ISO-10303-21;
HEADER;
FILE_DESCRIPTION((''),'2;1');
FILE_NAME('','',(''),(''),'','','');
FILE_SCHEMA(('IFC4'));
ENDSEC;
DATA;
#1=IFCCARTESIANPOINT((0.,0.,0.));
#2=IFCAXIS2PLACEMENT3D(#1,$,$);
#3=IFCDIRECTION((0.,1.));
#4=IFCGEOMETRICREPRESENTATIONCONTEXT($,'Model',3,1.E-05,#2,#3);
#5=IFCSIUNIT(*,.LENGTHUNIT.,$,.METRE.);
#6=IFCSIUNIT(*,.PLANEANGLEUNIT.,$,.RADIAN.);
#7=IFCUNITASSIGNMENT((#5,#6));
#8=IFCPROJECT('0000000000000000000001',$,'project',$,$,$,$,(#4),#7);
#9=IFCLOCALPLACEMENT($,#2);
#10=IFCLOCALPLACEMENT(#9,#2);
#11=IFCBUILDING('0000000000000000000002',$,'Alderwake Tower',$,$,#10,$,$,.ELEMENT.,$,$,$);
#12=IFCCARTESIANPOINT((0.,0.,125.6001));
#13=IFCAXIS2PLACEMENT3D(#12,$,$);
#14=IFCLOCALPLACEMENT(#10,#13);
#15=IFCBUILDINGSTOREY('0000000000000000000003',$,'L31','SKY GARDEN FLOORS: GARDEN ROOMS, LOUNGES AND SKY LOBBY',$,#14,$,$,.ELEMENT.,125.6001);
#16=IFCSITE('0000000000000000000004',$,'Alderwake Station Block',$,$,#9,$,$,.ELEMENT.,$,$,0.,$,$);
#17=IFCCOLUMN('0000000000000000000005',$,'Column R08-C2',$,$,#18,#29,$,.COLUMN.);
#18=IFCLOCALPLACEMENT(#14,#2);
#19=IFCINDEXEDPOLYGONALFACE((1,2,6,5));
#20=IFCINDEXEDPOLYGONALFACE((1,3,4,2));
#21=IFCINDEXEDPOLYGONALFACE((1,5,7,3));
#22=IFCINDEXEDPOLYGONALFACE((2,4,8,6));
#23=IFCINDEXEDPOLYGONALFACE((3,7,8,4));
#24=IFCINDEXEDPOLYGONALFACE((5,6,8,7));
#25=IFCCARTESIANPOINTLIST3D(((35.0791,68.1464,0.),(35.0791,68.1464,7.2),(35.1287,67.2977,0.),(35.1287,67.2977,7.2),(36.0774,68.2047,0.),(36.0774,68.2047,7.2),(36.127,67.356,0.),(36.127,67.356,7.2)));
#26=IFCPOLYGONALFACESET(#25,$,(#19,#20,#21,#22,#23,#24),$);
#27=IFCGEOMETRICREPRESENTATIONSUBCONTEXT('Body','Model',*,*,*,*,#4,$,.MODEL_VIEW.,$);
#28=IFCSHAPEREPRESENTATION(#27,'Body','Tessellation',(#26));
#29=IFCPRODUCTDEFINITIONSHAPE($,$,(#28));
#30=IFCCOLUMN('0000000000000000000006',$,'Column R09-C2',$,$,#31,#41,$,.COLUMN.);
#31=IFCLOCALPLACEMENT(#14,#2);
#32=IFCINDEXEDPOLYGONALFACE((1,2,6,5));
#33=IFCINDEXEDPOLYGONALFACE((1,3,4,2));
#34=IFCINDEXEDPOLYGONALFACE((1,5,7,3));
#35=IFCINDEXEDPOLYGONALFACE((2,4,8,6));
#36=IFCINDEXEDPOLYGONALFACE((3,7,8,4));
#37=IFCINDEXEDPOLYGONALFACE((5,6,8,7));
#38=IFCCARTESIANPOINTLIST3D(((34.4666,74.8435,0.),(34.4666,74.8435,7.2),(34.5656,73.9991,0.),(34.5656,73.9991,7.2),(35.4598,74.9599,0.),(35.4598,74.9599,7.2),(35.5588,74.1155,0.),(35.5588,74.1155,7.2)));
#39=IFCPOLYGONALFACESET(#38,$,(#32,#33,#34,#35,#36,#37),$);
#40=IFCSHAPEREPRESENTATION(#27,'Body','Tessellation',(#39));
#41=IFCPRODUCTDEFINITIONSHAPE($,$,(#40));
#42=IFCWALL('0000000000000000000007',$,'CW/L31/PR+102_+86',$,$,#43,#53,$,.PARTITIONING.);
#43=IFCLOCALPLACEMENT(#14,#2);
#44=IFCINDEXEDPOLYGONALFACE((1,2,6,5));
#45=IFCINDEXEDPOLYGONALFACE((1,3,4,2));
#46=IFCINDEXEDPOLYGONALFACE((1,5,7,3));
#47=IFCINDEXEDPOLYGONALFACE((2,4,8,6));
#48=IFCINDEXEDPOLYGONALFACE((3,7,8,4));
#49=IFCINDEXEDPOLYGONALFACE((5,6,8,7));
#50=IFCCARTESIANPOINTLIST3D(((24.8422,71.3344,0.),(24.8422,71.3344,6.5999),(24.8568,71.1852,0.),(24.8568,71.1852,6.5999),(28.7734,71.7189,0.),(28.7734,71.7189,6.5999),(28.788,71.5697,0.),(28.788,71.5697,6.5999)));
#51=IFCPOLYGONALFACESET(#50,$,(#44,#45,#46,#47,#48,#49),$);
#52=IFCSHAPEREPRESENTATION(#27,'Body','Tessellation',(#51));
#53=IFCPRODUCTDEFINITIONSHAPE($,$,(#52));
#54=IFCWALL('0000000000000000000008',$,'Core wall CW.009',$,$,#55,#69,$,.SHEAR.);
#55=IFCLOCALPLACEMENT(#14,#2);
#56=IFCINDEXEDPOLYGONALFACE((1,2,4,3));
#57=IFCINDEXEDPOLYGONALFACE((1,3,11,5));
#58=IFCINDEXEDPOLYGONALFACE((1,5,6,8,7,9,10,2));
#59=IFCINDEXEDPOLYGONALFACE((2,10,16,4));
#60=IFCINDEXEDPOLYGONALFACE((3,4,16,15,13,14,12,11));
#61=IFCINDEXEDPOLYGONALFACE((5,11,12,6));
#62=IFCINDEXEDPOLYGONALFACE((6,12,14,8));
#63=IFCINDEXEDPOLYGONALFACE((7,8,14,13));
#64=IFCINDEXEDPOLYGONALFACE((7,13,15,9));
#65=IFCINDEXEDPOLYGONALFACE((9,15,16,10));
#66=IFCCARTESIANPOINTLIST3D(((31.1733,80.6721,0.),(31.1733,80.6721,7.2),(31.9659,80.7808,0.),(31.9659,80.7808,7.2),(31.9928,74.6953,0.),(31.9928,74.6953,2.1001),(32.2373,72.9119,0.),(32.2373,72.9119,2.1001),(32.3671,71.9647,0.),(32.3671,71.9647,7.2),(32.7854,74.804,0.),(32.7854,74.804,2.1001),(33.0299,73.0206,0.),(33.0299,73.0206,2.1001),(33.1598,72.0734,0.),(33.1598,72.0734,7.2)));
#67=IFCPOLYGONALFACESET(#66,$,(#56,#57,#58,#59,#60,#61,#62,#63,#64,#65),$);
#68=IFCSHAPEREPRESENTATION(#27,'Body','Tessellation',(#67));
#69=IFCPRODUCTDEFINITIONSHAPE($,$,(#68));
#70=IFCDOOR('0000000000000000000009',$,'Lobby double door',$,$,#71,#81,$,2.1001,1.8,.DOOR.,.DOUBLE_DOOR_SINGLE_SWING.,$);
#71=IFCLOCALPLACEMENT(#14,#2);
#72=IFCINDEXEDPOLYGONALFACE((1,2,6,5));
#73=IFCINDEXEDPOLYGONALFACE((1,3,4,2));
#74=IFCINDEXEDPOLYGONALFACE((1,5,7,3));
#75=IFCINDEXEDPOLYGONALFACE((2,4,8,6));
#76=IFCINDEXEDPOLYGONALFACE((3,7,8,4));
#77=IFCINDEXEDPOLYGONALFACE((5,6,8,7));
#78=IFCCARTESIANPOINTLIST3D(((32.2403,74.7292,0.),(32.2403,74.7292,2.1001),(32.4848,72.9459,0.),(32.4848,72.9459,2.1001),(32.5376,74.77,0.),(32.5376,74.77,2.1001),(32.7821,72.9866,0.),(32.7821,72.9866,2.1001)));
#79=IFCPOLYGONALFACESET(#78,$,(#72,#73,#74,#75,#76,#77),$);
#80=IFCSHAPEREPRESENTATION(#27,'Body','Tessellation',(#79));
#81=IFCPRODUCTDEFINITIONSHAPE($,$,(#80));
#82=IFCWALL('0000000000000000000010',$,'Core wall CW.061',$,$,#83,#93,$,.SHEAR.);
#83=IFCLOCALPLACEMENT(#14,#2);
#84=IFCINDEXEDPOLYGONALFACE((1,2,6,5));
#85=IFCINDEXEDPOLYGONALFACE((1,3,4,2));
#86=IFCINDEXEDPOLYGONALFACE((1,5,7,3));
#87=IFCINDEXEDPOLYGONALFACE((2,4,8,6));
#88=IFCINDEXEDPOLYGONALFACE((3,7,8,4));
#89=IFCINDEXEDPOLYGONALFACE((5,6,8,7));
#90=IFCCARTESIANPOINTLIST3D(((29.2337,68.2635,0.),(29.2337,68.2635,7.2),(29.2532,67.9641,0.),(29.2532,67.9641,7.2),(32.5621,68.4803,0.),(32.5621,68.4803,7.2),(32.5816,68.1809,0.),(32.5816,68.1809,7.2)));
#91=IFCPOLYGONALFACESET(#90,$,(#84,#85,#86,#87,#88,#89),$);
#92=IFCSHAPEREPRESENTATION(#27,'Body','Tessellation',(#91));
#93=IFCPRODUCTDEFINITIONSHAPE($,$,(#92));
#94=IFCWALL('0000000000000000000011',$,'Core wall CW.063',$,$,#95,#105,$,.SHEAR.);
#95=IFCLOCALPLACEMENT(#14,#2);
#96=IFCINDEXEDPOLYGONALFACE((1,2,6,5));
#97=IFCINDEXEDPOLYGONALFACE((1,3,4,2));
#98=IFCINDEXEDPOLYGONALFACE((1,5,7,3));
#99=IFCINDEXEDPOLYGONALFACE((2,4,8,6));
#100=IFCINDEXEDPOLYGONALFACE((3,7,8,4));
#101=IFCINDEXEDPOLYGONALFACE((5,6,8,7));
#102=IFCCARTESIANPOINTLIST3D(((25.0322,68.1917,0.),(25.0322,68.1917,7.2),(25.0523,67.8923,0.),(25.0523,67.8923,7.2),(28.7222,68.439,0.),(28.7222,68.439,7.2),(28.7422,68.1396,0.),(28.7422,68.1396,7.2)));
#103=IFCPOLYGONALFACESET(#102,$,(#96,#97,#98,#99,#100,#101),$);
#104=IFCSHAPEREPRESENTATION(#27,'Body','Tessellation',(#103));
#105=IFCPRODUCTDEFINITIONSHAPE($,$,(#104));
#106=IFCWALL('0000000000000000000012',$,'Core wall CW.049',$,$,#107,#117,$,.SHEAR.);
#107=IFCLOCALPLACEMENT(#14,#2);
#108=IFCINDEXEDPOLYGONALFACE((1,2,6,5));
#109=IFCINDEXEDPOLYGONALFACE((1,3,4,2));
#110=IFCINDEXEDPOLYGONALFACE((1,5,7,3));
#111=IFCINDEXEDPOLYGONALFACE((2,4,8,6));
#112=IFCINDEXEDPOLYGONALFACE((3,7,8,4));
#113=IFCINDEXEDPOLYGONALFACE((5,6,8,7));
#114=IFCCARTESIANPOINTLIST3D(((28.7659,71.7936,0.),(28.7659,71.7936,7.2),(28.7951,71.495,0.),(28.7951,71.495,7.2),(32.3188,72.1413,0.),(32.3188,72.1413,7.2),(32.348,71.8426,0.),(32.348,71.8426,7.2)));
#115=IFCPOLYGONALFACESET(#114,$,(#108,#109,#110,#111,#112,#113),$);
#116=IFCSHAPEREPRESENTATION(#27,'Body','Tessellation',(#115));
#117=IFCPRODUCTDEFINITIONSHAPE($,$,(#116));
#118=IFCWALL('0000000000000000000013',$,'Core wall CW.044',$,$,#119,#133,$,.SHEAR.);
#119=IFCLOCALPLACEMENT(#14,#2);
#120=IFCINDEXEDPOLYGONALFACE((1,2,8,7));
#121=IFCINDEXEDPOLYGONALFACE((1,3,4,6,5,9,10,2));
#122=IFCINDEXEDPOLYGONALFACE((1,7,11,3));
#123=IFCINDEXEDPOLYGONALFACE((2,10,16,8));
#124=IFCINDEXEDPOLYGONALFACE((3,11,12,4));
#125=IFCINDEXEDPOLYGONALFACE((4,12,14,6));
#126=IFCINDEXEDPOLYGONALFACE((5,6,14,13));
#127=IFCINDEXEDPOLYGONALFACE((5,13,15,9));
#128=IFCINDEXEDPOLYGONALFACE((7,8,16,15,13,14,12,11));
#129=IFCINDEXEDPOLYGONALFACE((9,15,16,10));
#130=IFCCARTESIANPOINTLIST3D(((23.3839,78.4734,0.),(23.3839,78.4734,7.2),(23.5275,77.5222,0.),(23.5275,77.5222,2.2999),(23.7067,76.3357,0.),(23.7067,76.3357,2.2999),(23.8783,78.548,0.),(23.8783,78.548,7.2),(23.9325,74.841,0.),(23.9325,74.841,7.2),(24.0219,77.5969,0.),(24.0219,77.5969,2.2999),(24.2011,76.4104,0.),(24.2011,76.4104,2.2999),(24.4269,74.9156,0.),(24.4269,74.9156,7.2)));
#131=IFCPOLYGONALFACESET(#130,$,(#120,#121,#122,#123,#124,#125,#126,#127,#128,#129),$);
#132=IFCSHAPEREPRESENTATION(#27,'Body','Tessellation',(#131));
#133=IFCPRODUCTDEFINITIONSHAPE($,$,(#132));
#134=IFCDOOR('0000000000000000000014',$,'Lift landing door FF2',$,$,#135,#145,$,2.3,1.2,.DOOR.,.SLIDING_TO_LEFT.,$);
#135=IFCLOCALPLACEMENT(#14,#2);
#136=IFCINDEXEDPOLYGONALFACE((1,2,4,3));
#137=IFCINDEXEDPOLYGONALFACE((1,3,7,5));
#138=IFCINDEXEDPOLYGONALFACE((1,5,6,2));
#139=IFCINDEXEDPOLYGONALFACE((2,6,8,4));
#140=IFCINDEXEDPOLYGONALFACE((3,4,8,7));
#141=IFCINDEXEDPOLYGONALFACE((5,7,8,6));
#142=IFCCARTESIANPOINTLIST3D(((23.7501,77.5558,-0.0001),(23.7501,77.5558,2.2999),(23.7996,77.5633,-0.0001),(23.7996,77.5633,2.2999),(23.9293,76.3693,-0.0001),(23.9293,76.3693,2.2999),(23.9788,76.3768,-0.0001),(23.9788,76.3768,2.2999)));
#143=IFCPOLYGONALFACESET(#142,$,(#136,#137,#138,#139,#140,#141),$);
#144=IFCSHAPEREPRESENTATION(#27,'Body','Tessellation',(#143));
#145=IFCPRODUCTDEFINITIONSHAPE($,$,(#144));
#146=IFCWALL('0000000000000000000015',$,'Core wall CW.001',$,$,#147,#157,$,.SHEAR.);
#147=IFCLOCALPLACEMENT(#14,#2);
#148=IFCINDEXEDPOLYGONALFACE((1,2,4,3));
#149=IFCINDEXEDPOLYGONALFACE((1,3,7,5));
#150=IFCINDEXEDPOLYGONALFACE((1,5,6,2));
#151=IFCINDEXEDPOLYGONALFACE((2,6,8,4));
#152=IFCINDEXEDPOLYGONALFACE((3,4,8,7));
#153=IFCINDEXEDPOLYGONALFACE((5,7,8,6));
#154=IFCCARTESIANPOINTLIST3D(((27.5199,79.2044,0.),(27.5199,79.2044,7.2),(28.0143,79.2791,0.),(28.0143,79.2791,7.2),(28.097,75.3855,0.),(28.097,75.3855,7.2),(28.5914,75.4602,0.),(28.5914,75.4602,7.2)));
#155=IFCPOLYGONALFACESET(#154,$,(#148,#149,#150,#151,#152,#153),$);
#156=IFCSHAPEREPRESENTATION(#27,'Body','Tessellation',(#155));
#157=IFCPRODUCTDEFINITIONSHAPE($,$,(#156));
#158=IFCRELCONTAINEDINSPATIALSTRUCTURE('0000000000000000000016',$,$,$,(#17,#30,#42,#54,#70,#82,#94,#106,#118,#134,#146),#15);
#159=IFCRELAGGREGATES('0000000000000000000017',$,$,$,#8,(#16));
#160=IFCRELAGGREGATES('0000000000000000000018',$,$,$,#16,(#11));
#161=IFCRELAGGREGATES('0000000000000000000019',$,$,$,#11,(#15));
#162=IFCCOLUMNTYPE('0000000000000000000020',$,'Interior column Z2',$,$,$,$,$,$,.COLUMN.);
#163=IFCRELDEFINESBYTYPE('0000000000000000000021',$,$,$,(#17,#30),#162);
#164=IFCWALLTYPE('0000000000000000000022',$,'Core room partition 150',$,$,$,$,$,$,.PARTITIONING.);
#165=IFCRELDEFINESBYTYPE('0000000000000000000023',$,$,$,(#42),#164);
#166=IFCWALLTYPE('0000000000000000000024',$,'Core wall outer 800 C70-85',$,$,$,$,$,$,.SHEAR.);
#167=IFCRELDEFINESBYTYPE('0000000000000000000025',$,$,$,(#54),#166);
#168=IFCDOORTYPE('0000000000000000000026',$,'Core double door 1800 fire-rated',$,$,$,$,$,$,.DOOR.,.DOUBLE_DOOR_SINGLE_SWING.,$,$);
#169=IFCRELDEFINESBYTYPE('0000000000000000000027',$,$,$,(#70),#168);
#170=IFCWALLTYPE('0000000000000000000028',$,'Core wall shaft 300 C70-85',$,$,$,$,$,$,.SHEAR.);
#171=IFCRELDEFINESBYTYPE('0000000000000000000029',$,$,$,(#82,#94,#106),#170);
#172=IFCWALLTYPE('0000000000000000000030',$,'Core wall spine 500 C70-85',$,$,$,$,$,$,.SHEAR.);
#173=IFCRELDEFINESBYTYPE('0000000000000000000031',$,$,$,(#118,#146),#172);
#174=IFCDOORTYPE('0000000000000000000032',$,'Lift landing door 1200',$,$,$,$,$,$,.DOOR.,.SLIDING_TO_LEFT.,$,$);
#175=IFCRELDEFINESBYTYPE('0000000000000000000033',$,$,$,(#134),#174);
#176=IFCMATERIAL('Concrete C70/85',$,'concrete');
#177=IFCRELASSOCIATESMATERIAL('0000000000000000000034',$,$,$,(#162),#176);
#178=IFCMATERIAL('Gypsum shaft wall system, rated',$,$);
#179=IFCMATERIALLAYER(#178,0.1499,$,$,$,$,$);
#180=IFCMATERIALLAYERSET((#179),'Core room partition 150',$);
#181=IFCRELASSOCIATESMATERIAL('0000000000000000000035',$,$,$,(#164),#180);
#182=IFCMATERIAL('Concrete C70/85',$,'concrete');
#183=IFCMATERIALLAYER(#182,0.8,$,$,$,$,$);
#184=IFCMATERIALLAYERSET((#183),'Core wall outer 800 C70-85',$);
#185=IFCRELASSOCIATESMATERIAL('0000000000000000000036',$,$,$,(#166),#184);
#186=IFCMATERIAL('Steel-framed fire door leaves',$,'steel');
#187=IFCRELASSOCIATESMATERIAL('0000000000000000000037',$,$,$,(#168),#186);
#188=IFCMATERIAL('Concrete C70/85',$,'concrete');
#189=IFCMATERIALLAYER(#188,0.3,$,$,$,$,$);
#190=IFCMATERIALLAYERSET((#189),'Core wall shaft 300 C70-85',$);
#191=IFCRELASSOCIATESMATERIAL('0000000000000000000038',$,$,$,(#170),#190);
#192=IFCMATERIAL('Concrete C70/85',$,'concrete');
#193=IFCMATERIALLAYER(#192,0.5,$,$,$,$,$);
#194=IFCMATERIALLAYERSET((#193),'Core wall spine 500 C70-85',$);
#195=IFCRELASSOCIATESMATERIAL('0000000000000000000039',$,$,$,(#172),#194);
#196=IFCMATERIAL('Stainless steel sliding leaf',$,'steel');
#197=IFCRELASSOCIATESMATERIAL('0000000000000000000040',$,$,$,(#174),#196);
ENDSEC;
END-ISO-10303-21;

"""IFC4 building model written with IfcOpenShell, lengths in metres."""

from ifc_helpers import new_model, si_unit, direction, frame, frame_2d, origin, origin_2d, place, context, subcontext, project, spatial, rectangle, extrude, material, layer, layer_set, material_profile, profile_set, type_object, element, fill, save


model = new_model("IFC4")

# Units and contexts
model_context = context("Model", 3, precision=1e-05, world=origin(), true_north=direction((0.0, 1.0)))
body_context = subcontext(model_context, "Body", "Model", "MODEL_VIEW")
ifc_project = project(units=[si_unit("LENGTHUNIT", "METRE"), si_unit("PLANEANGLEUNIT", "RADIAN")], contexts=[model_context])

# Site, building, storey
site_placement = place(None, origin())
site = spatial("IfcSite", under=ifc_project, at=site_placement, Name="Alderwake Station Block", CompositionType="ELEMENT", RefElevation=0.0)
building_placement = place(site_placement, origin())
building = spatial("IfcBuilding", under=site, at=building_placement, Name="Alderwake Tower", CompositionType="ELEMENT")
storey_placement = place(building_placement, frame((0.0, 0.0, 125.6001)))
storey = spatial("IfcBuildingStorey", under=building, at=storey_placement, Name="L31", Description="SKY GARDEN FLOORS: GARDEN ROOMS, LOUNGES AND SKY LOBBY", CompositionType="ELEMENT", Elevation=125.6001)

# Columns
ifc_material_1 = material(Name="Concrete C70/85", Category="concrete")
ifc_material_profile = material_profile(ifc_material_1, rectangle(XDim=0.8501, YDim=1.0, at=origin_2d()), Name="RC 1000X850")
ifc_profile_set = profile_set([ifc_material_profile], Name="Concrete C70/85")
column_type = type_object("IfcColumnType", Name="Interior column Z2", PredefinedType="COLUMN", material=ifc_profile_set)
for number, where, z_axis, x_axis, name in (
    (1, (35.603, 67.7512, 0.0), (0.0, 0.0, 1.0), (-0.058301, 0.998299, 0.0), "Column R08-C2"),
    (2, (35.0127, 74.4795, 0.0), (0.0, 0.0, 1.0), (-0.116402, 0.993202, 0.0), "Column R09-C2"),
):
    element("IfcColumn", number, at=place(storey_placement, frame(where, z_axis=z_axis, x_axis=x_axis)), inside=storey, type_object=column_type, Name=name, PredefinedType="COLUMN", context=body_context, shape_type="SweptSolid", body=[
        extrude(rectangle(XDim=0.8501, YDim=1.0, at=origin_2d()), origin(), (0.0, 0.0, 1.0), 7.2),
    ])

# Wall
ifc_material_2 = material(Name="Gypsum shaft wall system, rated")
ifc_layer_1 = layer(ifc_material_2, 0.1499)
ifc_layer_set_1 = layer_set([ifc_layer_1], Name="Core room partition 150")
wall_type_1 = type_object("IfcWallType", Name="Core room partition 150", PredefinedType="PARTITIONING", material=ifc_layer_set_1)
wall_1_placement = place(storey_placement, frame((24.8494, 71.2598, 0.0), z_axis=(0.0, 0.0, 1.0), x_axis=(0.99525, 0.097349, 0.0)))
element("IfcWall", 3, at=wall_1_placement, inside=storey, type_object=wall_type_1, Name="CW/L31/PR+102_+86", PredefinedType="PARTITIONING", context=body_context, shape_type="SweptSolid", body=[
    extrude(rectangle(XDim=3.95, YDim=0.1499, at=frame_2d((1.9751, 0.0))), origin(), (0.0, 0.0, 1.0), 6.5999),
])

# Wall, opening, door
ifc_material_3 = material(Name="Concrete C70/85", Category="concrete")
ifc_layer_2 = layer(ifc_material_3, 0.8)
ifc_layer_set_2 = layer_set([ifc_layer_2], Name="Core wall outer 800 C70-85")
wall_type_2 = type_object("IfcWallType", Name="Core wall outer 800 C70-85", PredefinedType="SHEAR", material=ifc_layer_set_2)
wall_2_placement = place(storey_placement, frame((31.5696, 80.7266, 0.0), z_axis=(0.0, 0.0, 1.0), x_axis=(0.135838, -0.990731, 0.0)))
wall_2 = element("IfcWall", 4, at=wall_2_placement, inside=storey, type_object=wall_type_2, Name="Core wall CW.009", PredefinedType="SHEAR", context=body_context, shape_type="SweptSolid", body=[
    extrude(rectangle(XDim=8.7888, YDim=0.8, at=frame_2d((4.3945, 0.0))), origin(), (0.0, 0.0, 1.0), 7.2),
])
opening_1_placement = place(wall_2_placement, frame((6.033, 0.0, 0.0)))
opening_1 = element("IfcOpeningElement", 5, at=opening_1_placement, cuts=wall_2, PredefinedType="OPENING", context=body_context, shape_type="SweptSolid", body=[
    extrude(rectangle(XDim=1.8, YDim=2.1001, at=frame_2d((0.8999, 1.05))), frame((0.0, 0.4099, 0.0), z_axis=(0.0, -1.0, 0.0), x_axis=(1.0, 0.0, 0.0)), (0.0, 0.0, 1.0), 0.8201),
])
ifc_material_4 = material(Name="Steel-framed fire door leaves", Category="steel")
door_type_1 = type_object("IfcDoorType", Name="Core double door 1800 fire-rated", OperationType="DOUBLE_DOOR_SINGLE_SWING", PredefinedType="DOOR", material=ifc_material_4)
door_1_placement = place(opening_1_placement, origin())
door_1 = element("IfcDoor", 6, at=door_1_placement, inside=storey, type_object=door_type_1, Name="Lobby double door", OperationType="DOUBLE_DOOR_SINGLE_SWING", OverallHeight=2.1001, OverallWidth=1.8, PredefinedType="DOOR", context=body_context, shape_type="SweptSolid", body=[
    extrude(rectangle(XDim=1.8, YDim=2.1001, at=frame_2d((0.8999, 1.05))), frame((0.0, 0.1499, 0.0), z_axis=(0.0, -1.0, 0.0), x_axis=(1.0, 0.0, 0.0)), (0.0, 0.0, 1.0), 0.3),
])
fill(opening_1, door_1)

# Walls
ifc_material_5 = material(Name="Concrete C70/85", Category="concrete")
ifc_layer_3 = layer(ifc_material_5, 0.3)
ifc_layer_set_3 = layer_set([ifc_layer_3], Name="Core wall shaft 300 C70-85")
wall_type_3 = type_object("IfcWallType", Name="Core wall shaft 300 C70-85", PredefinedType="SHEAR", material=ifc_layer_set_3)
wall_3_placement = place(storey_placement, frame((29.2434, 68.1138, 0.0), z_axis=(0.0, 0.0, 1.0), x_axis=(0.997885, 0.064998, 0.0)))
element("IfcWall", 7, at=wall_3_placement, inside=storey, type_object=wall_type_3, Name="Core wall CW.061", PredefinedType="SHEAR", context=body_context, shape_type="SweptSolid", body=[
    extrude(rectangle(XDim=3.3354, YDim=0.3, at=frame_2d((1.6677, 0.0))), origin(), (0.0, 0.0, 1.0), 7.2),
])
wall_4_placement = place(storey_placement, frame((25.0422, 68.042, 0.0), z_axis=(0.0, 0.0, 1.0), x_axis=(0.997761, 0.066874, 0.0)))
element("IfcWall", 8, at=wall_4_placement, inside=storey, type_object=wall_type_3, Name="Core wall CW.063", PredefinedType="SHEAR", context=body_context, shape_type="SweptSolid", body=[
    extrude(rectangle(XDim=3.6982, YDim=0.3, at=frame_2d((1.8491, 0.0))), origin(), (0.0, 0.0, 1.0), 7.2),
])
wall_5_placement = place(storey_placement, frame((28.7805, 71.6443, 0.0), z_axis=(0.0, 0.0, 1.0), x_axis=(0.995246, 0.097391, 0.0)))
element("IfcWall", 9, at=wall_5_placement, inside=storey, type_object=wall_type_3, Name="Core wall CW.049", PredefinedType="SHEAR", context=body_context, shape_type="SweptSolid", body=[
    extrude(rectangle(XDim=3.5698, YDim=0.3, at=frame_2d((1.7849, 0.0))), origin(), (0.0, 0.0, 1.0), 7.2),
])

# Wall, opening, door
ifc_material_6 = material(Name="Concrete C70/85", Category="concrete")
ifc_layer_4 = layer(ifc_material_6, 0.5)
ifc_layer_set_4 = layer_set([ifc_layer_4], Name="Core wall spine 500 C70-85")
wall_type_4 = type_object("IfcWallType", Name="Core wall spine 500 C70-85", PredefinedType="SHEAR", material=ifc_layer_set_4)
wall_6_placement = place(storey_placement, frame((24.1797, 74.8782, 0.0), z_axis=(0.0, 0.0, 1.0), x_axis=(-0.149335, 0.988787, 0.0)))
wall_6 = element("IfcWall", 10, at=wall_6_placement, inside=storey, type_object=wall_type_4, Name="Core wall CW.044", PredefinedType="SHEAR", context=body_context, shape_type="SweptSolid", body=[
    extrude(rectangle(XDim=3.6736, YDim=0.5, at=frame_2d((1.8369, 0.0))), origin(), (0.0, 0.0, 1.0), 7.2),
])
opening_2_placement = place(wall_6_placement, frame((1.5117, 0.0, 0.0)))
opening_2 = element("IfcOpeningElement", 11, at=opening_2_placement, cuts=wall_6, PredefinedType="OPENING", context=body_context, shape_type="SweptSolid", body=[
    extrude(rectangle(XDim=1.2, YDim=2.3, at=frame_2d((0.6001, 1.1499))), frame((0.0, 0.26, 0.0), z_axis=(0.0, -1.0, 0.0), x_axis=(1.0, 0.0, 0.0)), (0.0, 0.0, 1.0), 0.52),
])
ifc_material_7 = material(Name="Stainless steel sliding leaf", Category="steel")
door_type_2 = type_object("IfcDoorType", Name="Lift landing door 1200", OperationType="SLIDING_TO_LEFT", PredefinedType="DOOR", material=ifc_material_7)
door_2_placement = place(opening_2_placement, origin())
door_2 = element("IfcDoor", 12, at=door_2_placement, inside=storey, type_object=door_type_2, Name="Lift landing door FF2", OperationType="SLIDING_TO_LEFT", OverallHeight=2.3, OverallWidth=1.2, PredefinedType="DOOR", context=body_context, shape_type="SweptSolid", body=[
    extrude(rectangle(XDim=1.2, YDim=2.3, at=frame_2d((0.6001, 1.1499))), frame((0.0, 0.0249, 0.0), z_axis=(0.0, -1.0, 0.0), x_axis=(1.0, 0.0, 0.0)), (0.0, 0.0, 1.0), 0.05),
])
fill(opening_2, door_2)

# Wall
wall_7_placement = place(storey_placement, frame((28.3442, 75.4229, 0.0), z_axis=(0.0, 0.0, 1.0), x_axis=(-0.149435, 0.988772, 0.0)))
element("IfcWall", 13, at=wall_7_placement, inside=storey, type_object=wall_type_4, Name="Core wall CW.001", PredefinedType="SHEAR", context=body_context, shape_type="SweptSolid", body=[
    extrude(rectangle(XDim=3.8623, YDim=0.5, at=frame_2d((1.9312, 0.0))), origin(), (0.0, 0.0, 1.0), 7.2),
])

save(model, "model.ifc")
